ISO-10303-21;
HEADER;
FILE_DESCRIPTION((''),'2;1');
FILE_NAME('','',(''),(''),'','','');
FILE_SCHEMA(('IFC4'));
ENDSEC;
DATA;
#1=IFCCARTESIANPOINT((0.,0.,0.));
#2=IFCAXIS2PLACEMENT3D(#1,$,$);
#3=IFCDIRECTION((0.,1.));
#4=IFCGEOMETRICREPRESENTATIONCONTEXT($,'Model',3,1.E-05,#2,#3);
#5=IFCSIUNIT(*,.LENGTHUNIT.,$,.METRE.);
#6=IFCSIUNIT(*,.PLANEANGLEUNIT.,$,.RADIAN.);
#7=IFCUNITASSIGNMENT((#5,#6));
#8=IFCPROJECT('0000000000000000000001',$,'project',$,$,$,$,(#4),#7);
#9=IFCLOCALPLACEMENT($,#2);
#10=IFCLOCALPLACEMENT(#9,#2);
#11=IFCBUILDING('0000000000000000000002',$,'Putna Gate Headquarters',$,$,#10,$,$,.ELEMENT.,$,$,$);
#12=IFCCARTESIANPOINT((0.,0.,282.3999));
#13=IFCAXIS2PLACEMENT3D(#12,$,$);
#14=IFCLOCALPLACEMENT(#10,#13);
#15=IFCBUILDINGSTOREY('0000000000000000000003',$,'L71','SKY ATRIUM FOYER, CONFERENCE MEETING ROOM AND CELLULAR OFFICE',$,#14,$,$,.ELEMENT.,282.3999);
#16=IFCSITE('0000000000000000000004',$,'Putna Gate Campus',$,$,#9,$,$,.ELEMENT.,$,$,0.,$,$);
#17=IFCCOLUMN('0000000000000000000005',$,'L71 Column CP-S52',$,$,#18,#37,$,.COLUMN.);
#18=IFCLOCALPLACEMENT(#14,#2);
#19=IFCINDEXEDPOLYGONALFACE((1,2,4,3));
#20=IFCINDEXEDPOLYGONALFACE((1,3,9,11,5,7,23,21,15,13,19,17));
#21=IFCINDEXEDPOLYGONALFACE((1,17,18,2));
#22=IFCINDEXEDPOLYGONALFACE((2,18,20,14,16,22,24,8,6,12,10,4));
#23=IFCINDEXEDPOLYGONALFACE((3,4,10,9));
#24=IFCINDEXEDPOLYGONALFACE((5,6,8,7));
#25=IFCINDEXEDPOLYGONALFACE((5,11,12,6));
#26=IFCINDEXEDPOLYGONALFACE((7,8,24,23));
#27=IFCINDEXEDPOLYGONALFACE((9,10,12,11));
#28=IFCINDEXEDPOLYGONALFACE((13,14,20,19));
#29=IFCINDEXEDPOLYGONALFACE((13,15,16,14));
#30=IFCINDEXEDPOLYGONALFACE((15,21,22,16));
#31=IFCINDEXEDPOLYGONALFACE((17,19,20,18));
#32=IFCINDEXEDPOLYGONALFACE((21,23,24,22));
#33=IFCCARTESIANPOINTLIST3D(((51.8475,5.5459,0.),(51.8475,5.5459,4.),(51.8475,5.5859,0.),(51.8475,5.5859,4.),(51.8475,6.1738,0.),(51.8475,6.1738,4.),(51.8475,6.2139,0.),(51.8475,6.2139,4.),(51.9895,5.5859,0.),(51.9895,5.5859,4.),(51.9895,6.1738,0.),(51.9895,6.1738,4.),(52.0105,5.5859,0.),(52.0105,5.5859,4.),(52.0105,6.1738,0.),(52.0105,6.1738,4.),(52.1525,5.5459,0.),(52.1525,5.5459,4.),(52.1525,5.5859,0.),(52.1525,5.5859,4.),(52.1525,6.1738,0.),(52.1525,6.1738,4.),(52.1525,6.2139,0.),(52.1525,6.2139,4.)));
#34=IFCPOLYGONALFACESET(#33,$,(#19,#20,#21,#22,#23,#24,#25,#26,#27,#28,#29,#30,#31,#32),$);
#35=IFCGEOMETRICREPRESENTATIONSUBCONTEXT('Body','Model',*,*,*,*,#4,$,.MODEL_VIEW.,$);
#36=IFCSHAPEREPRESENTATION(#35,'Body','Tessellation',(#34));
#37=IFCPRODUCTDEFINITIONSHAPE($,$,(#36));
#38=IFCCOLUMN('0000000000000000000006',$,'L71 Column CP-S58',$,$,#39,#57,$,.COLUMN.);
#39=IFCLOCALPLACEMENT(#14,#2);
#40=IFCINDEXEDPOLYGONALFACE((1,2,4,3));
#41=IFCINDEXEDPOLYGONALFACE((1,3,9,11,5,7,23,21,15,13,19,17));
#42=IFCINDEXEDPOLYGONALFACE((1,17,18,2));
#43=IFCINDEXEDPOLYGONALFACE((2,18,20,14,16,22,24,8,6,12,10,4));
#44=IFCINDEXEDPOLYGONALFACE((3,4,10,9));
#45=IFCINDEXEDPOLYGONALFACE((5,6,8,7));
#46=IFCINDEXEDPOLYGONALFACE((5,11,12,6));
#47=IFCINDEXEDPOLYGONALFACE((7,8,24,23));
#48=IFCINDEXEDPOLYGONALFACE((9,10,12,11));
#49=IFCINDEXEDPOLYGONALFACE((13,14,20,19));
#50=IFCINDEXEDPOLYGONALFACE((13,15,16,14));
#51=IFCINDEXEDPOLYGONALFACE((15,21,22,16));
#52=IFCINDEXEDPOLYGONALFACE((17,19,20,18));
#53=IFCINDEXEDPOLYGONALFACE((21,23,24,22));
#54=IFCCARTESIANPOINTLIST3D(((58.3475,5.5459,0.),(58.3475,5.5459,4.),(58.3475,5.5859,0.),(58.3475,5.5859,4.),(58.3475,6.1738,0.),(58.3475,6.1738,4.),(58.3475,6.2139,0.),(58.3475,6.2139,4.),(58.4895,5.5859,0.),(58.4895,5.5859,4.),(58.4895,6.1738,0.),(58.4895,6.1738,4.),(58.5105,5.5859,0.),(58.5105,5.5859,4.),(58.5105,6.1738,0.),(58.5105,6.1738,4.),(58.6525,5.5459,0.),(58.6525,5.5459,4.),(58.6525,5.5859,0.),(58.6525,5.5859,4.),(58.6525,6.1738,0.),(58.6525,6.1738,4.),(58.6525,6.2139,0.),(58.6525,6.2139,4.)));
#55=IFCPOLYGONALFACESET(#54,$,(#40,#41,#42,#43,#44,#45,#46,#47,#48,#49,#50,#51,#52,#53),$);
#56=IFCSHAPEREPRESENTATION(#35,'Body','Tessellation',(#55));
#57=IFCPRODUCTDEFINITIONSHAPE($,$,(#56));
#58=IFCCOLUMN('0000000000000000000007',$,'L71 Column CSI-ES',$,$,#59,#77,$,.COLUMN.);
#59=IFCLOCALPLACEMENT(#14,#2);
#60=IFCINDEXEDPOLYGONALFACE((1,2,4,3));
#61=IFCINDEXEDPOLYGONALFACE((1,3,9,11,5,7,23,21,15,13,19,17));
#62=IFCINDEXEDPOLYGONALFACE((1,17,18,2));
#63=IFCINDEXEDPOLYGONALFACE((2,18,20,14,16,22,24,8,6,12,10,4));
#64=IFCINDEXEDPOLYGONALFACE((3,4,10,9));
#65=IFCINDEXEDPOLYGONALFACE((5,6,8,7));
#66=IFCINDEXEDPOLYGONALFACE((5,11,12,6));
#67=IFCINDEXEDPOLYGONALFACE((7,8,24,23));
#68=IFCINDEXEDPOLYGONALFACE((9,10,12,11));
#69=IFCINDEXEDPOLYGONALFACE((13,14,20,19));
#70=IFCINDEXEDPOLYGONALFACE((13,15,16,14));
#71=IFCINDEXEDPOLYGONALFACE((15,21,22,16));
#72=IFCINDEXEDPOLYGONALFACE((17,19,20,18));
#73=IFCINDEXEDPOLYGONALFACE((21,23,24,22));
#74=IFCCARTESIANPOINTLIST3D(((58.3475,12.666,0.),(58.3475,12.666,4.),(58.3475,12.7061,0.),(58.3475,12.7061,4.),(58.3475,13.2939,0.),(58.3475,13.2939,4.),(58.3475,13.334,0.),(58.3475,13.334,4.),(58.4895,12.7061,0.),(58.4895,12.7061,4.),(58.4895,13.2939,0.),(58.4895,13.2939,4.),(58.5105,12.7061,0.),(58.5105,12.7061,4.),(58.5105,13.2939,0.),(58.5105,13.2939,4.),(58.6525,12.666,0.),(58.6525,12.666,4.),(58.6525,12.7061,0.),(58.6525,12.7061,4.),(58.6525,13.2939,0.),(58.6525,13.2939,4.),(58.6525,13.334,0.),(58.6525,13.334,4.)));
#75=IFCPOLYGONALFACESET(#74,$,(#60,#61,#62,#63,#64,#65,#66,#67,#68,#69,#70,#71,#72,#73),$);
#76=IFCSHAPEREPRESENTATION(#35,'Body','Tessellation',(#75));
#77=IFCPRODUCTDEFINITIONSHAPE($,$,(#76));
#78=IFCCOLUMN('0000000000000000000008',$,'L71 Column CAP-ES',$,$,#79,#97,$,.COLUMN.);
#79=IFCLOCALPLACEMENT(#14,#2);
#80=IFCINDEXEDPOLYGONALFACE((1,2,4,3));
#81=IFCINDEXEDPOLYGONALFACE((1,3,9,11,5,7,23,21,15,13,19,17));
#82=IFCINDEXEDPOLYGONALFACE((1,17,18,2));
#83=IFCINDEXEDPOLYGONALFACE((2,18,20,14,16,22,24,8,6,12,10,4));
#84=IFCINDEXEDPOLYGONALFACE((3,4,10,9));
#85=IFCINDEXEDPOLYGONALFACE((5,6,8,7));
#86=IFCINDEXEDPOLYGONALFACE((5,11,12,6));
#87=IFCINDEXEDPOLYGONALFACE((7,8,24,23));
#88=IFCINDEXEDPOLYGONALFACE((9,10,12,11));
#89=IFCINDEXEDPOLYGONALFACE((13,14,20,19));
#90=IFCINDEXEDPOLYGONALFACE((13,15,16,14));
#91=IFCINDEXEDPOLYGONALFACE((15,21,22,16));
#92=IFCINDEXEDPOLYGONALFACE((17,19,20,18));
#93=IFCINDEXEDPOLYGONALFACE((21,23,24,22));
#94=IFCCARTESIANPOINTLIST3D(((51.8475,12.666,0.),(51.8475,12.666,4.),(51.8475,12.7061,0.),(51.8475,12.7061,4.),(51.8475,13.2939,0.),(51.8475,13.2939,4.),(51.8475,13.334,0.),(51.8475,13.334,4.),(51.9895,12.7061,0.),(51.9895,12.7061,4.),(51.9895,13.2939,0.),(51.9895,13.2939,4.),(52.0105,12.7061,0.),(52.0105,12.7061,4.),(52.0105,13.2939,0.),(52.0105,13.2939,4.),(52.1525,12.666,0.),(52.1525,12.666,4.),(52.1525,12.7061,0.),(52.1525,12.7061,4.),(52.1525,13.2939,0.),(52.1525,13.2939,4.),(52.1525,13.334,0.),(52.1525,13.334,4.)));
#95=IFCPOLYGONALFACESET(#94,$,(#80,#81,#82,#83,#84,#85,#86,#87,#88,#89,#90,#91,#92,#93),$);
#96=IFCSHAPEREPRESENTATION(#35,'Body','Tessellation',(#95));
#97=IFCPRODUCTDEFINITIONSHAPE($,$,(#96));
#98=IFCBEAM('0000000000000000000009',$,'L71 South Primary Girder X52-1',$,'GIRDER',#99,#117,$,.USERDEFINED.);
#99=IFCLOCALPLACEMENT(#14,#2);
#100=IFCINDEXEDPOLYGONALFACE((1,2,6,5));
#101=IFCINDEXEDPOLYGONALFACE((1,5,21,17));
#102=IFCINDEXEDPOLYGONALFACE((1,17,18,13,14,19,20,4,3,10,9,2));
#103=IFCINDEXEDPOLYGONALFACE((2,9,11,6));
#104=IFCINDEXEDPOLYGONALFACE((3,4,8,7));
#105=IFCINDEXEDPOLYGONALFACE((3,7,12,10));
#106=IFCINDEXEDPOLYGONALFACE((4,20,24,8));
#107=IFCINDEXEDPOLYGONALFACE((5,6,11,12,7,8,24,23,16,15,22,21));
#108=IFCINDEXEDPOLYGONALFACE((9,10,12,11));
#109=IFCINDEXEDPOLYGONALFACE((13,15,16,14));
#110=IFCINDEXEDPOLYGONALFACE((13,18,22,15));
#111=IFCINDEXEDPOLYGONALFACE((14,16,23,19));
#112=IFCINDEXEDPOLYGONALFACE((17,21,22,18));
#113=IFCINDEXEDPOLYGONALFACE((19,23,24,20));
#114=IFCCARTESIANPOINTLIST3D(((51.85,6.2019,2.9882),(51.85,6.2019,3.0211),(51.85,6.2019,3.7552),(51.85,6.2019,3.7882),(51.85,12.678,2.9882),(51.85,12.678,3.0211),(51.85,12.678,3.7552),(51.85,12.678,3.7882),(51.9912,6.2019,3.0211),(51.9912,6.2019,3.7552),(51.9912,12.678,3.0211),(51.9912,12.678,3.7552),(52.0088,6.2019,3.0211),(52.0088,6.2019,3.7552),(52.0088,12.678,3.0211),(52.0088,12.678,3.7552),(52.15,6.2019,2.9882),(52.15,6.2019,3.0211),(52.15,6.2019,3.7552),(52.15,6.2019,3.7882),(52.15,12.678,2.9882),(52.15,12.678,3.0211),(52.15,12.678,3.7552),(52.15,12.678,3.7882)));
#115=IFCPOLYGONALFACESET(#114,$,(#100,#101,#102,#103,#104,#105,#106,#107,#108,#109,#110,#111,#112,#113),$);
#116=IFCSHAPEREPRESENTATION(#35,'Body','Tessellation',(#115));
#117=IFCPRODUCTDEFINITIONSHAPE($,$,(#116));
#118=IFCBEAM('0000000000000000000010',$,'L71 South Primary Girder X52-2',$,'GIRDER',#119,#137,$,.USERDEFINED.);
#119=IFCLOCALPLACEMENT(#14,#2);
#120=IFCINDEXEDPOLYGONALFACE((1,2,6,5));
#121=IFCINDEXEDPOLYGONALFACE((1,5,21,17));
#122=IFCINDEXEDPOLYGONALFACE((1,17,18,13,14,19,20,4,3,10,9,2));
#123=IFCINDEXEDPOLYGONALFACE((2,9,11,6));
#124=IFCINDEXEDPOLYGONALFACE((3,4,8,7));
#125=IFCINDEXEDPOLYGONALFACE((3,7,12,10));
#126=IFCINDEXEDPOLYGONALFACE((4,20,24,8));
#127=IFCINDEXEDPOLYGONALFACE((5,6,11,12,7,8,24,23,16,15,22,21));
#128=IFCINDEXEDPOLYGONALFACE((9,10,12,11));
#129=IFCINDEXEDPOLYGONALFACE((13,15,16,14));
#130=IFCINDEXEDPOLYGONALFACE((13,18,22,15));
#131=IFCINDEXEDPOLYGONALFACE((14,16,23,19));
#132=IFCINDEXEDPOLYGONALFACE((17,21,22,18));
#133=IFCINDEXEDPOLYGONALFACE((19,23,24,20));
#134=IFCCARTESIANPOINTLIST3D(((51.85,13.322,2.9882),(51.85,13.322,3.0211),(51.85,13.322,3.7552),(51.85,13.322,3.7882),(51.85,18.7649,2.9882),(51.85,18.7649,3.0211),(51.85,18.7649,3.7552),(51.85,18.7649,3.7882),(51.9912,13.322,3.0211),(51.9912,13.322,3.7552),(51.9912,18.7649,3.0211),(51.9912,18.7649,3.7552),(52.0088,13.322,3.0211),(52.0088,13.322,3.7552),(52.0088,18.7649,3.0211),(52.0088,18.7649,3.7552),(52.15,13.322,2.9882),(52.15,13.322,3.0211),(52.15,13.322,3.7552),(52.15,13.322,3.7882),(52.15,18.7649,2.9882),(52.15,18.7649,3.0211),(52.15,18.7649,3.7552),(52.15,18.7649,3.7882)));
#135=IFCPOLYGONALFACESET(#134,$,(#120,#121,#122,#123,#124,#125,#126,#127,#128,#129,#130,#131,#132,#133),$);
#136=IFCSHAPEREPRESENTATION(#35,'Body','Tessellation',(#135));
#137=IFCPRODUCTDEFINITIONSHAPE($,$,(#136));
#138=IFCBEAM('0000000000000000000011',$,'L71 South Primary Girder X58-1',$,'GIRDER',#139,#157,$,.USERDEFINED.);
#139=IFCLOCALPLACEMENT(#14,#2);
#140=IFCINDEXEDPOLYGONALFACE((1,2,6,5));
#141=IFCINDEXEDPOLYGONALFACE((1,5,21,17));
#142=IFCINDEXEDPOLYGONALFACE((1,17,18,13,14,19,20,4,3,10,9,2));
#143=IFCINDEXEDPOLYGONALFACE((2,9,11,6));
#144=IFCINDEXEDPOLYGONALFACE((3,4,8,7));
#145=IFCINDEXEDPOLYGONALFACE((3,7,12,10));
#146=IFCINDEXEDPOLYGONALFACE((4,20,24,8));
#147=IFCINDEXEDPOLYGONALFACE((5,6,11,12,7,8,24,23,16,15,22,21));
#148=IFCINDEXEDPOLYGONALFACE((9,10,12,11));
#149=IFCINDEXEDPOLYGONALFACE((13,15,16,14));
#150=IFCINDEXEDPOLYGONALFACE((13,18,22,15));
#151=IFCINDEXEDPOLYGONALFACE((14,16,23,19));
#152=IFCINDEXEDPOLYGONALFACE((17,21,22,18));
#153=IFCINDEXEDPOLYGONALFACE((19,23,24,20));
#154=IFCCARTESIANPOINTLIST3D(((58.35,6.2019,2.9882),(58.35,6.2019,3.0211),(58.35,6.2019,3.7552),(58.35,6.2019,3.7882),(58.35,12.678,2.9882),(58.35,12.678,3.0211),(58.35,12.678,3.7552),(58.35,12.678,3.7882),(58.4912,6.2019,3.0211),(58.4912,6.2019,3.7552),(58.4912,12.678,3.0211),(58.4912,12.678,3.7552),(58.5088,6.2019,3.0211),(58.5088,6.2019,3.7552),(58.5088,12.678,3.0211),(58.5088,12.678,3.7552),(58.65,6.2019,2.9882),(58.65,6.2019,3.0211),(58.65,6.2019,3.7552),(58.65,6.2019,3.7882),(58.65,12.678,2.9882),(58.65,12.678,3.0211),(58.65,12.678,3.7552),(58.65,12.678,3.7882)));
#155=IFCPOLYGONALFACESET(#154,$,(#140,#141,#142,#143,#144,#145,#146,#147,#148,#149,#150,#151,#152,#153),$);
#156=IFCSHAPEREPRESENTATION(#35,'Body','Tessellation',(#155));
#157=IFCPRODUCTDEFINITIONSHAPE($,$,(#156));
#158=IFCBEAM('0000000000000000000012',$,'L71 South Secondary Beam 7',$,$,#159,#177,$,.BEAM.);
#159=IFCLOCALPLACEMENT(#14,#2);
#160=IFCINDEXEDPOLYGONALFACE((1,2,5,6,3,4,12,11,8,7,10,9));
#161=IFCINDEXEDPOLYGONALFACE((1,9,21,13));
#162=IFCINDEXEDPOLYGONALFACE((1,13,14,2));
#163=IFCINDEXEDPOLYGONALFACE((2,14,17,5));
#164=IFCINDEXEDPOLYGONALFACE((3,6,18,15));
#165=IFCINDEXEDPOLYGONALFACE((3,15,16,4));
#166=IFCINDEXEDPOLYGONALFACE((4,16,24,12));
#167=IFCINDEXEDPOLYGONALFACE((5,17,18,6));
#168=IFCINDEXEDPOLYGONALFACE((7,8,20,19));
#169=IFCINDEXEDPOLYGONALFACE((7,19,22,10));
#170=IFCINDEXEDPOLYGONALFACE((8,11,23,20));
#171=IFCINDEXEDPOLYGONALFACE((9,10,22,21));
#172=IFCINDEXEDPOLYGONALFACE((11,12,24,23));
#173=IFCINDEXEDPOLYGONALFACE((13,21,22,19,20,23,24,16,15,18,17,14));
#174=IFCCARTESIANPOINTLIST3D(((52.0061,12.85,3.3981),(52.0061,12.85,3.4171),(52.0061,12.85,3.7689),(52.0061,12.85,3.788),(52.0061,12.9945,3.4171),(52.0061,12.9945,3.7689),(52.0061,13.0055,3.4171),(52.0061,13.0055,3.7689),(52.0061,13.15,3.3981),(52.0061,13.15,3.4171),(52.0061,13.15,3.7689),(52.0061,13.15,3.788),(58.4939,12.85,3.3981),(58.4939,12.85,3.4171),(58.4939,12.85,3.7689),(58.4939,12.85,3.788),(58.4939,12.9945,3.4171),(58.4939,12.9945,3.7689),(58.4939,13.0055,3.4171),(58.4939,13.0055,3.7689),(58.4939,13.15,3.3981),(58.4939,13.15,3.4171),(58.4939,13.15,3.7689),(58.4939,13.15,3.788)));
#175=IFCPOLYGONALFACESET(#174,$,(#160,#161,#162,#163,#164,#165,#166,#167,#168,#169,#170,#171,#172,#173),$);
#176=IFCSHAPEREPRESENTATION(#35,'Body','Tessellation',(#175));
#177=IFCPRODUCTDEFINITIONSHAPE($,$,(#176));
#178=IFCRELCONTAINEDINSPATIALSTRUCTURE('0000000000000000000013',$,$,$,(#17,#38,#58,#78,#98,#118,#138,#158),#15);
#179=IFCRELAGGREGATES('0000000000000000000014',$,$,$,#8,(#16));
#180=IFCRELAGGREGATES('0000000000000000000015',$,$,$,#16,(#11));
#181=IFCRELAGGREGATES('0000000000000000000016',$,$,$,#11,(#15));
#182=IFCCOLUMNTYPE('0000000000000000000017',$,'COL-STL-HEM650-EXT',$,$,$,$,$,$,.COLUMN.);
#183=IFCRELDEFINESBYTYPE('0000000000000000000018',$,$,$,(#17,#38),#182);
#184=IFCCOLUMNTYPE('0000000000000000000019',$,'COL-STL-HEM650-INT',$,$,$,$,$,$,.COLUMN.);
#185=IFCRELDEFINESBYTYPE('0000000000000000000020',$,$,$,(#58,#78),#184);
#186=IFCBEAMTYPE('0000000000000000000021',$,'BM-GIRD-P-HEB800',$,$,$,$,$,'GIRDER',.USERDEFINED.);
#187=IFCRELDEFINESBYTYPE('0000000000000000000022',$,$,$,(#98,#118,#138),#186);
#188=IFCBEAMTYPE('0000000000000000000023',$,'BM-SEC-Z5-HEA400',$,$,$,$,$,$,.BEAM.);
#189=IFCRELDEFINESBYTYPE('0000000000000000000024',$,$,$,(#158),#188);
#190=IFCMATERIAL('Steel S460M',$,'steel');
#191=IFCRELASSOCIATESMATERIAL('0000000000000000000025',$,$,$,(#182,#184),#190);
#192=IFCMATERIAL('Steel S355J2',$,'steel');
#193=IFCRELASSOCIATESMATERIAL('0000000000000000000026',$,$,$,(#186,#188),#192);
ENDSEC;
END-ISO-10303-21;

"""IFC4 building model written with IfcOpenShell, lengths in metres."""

from ifc_helpers import new_model, si_unit, direction, frame, origin, origin_2d, place, context, subcontext, project, spatial, i_section, extrude, material, material_profile, profile_set, type_object, element, save


model = new_model("IFC4")

# Units and contexts
model_context = context("Model", 3, precision=1e-05, world=origin(), true_north=direction((0.0, 1.0)))
body_context = subcontext(model_context, "Body", "Model", "MODEL_VIEW")
ifc_project = project(units=[si_unit("LENGTHUNIT", "METRE"), si_unit("PLANEANGLEUNIT", "RADIAN")], contexts=[model_context])

# Site, building, storey
site_placement = place(None, origin())
site = spatial("IfcSite", under=ifc_project, at=site_placement, Name="Putna Gate Campus", CompositionType="ELEMENT", RefElevation=0.0)
building_placement = place(site_placement, origin())
building = spatial("IfcBuilding", under=site, at=building_placement, Name="Putna Gate Headquarters", CompositionType="ELEMENT")
storey_placement = place(building_placement, frame((0.0, 0.0, 282.3999)))
storey = spatial("IfcBuildingStorey", under=building, at=storey_placement, Name="L71", Description="SKY ATRIUM FOYER, CONFERENCE MEETING ROOM AND CELLULAR OFFICE", CompositionType="ELEMENT", Elevation=282.3999)

# Columns
ifc_material_1 = material(Name="Steel S460M", Category="steel")
ifc_material_profile_1 = material_profile(ifc_material_1, i_section(OverallWidth=0.3049, OverallDepth=0.668, WebThickness=0.021, FlangeThickness=0.04, at=origin_2d()), Name="Steel S460M")
ifc_profile_set_1 = profile_set([ifc_material_profile_1], Name="Steel S460M")
column_type_1 = type_object("IfcColumnType", Name="COL-STL-HEM650-EXT", PredefinedType="COLUMN", material=ifc_profile_set_1)
for number, where, z_axis, x_axis, name in (
    (1, (52.0, 5.8799, 0.0), (0.0, 0.0, 1.0), (1.0, 0.0, 0.0), "L71 Column CP-S52"),
    (2, (58.5, 5.8799, 0.0), (0.0, 0.0, 1.0), (1.0, 0.0, 0.0), "L71 Column CP-S58"),
):
    element("IfcColumn", number, at=place(storey_placement, frame(where, z_axis=z_axis, x_axis=x_axis)), inside=storey, type_object=column_type_1, Name=name, PredefinedType="COLUMN", context=body_context, shape_type="SweptSolid", body=[
        extrude(i_section(OverallWidth=0.3049, OverallDepth=0.668, WebThickness=0.021, FlangeThickness=0.04, at=origin_2d()), origin(), (0.0, 0.0, 1.0), 4.0),
    ])
ifc_material_profile_2 = material_profile(ifc_material_1, i_section(OverallWidth=0.3049, OverallDepth=0.668, WebThickness=0.021, FlangeThickness=0.04, at=origin_2d()), Name="Steel S460M")
ifc_profile_set_2 = profile_set([ifc_material_profile_2], Name="Steel S460M")
column_type_2 = type_object("IfcColumnType", Name="COL-STL-HEM650-INT", PredefinedType="COLUMN", material=ifc_profile_set_2)
for number, where, z_axis, x_axis, name in (
    (3, (58.5, 13.0, 0.0), (0.0, 0.0, 1.0), (1.0, 0.0, 0.0), "L71 Column CSI-ES"),
    (4, (52.0, 13.0, 0.0), (0.0, 0.0, 1.0), (1.0, 0.0, 0.0), "L71 Column CAP-ES"),
):
    element("IfcColumn", number, at=place(storey_placement, frame(where, z_axis=z_axis, x_axis=x_axis)), inside=storey, type_object=column_type_2, Name=name, PredefinedType="COLUMN", context=body_context, shape_type="SweptSolid", body=[
        extrude(i_section(OverallWidth=0.3049, OverallDepth=0.668, WebThickness=0.021, FlangeThickness=0.04, at=origin_2d()), origin(), (0.0, 0.0, 1.0), 4.0),
    ])

# Beams
ifc_material_2 = material(Name="Steel S355J2", Category="steel")
ifc_material_profile_3 = material_profile(ifc_material_2, i_section(OverallWidth=0.3, OverallDepth=0.8, WebThickness=0.0176, FlangeThickness=0.033, at=origin_2d()), Name="Steel S355J2")
ifc_profile_set_3 = profile_set([ifc_material_profile_3], Name="Steel S355J2")
beam_type_1 = type_object("IfcBeamType", Name="BM-GIRD-P-HEB800", ElementType="GIRDER", PredefinedType="USERDEFINED", material=ifc_profile_set_3)
beam_1_placement = place(storey_placement, frame((52.0, 6.2019, 3.3882), z_axis=(0.0, 1.0, 0.0), x_axis=(-1.0, 0.0, 0.0)))
element("IfcBeam", 5, at=beam_1_placement, inside=storey, type_object=beam_type_1, Name="L71 South Primary Girder X52-1", ObjectType="GIRDER", PredefinedType="USERDEFINED", context=body_context, shape_type="SweptSolid", body=[
    extrude(i_section(OverallWidth=0.3, OverallDepth=0.8, WebThickness=0.0176, FlangeThickness=0.033, at=origin_2d()), origin(), (0.0, 0.0, 1.0), 6.4761),
])
beam_2_placement = place(storey_placement, frame((52.0, 13.322, 3.3882), z_axis=(0.0, 1.0, 0.0), x_axis=(-1.0, 0.0, 0.0)))
element("IfcBeam", 6, at=beam_2_placement, inside=storey, type_object=beam_type_1, Name="L71 South Primary Girder X52-2", ObjectType="GIRDER", PredefinedType="USERDEFINED", context=body_context, shape_type="SweptSolid", body=[
    extrude(i_section(OverallWidth=0.3, OverallDepth=0.8, WebThickness=0.0176, FlangeThickness=0.033, at=origin_2d()), origin(), (0.0, 0.0, 1.0), 5.4429),
])
beam_3_placement = place(storey_placement, frame((58.5, 6.2019, 3.3882), z_axis=(0.0, 1.0, 0.0), x_axis=(-1.0, 0.0, 0.0)))
element("IfcBeam", 7, at=beam_3_placement, inside=storey, type_object=beam_type_1, Name="L71 South Primary Girder X58-1", ObjectType="GIRDER", PredefinedType="USERDEFINED", context=body_context, shape_type="SweptSolid", body=[
    extrude(i_section(OverallWidth=0.3, OverallDepth=0.8, WebThickness=0.0176, FlangeThickness=0.033, at=origin_2d()), origin(), (0.0, 0.0, 1.0), 6.4761),
])
ifc_material_profile_4 = material_profile(ifc_material_2, i_section(OverallWidth=0.3, OverallDepth=0.3899, WebThickness=0.011, FlangeThickness=0.019, at=origin_2d()), Name="Steel S355J2")
ifc_profile_set_4 = profile_set([ifc_material_profile_4], Name="Steel S355J2")
beam_type_2 = type_object("IfcBeamType", Name="BM-SEC-Z5-HEA400", PredefinedType="BEAM", material=ifc_profile_set_4)
beam_4_placement = place(storey_placement, frame((52.0061, 13.0, 3.593), z_axis=(1.0, 0.0, 0.0), x_axis=(0.0, 1.0, 0.0)))
element("IfcBeam", 8, at=beam_4_placement, inside=storey, type_object=beam_type_2, Name="L71 South Secondary Beam 7", PredefinedType="BEAM", context=body_context, shape_type="SweptSolid", body=[
    extrude(i_section(OverallWidth=0.3, OverallDepth=0.3899, WebThickness=0.011, FlangeThickness=0.019, at=origin_2d()), origin(), (0.0, 0.0, 1.0), 6.4878),
])

save(model, "model.ifc")
